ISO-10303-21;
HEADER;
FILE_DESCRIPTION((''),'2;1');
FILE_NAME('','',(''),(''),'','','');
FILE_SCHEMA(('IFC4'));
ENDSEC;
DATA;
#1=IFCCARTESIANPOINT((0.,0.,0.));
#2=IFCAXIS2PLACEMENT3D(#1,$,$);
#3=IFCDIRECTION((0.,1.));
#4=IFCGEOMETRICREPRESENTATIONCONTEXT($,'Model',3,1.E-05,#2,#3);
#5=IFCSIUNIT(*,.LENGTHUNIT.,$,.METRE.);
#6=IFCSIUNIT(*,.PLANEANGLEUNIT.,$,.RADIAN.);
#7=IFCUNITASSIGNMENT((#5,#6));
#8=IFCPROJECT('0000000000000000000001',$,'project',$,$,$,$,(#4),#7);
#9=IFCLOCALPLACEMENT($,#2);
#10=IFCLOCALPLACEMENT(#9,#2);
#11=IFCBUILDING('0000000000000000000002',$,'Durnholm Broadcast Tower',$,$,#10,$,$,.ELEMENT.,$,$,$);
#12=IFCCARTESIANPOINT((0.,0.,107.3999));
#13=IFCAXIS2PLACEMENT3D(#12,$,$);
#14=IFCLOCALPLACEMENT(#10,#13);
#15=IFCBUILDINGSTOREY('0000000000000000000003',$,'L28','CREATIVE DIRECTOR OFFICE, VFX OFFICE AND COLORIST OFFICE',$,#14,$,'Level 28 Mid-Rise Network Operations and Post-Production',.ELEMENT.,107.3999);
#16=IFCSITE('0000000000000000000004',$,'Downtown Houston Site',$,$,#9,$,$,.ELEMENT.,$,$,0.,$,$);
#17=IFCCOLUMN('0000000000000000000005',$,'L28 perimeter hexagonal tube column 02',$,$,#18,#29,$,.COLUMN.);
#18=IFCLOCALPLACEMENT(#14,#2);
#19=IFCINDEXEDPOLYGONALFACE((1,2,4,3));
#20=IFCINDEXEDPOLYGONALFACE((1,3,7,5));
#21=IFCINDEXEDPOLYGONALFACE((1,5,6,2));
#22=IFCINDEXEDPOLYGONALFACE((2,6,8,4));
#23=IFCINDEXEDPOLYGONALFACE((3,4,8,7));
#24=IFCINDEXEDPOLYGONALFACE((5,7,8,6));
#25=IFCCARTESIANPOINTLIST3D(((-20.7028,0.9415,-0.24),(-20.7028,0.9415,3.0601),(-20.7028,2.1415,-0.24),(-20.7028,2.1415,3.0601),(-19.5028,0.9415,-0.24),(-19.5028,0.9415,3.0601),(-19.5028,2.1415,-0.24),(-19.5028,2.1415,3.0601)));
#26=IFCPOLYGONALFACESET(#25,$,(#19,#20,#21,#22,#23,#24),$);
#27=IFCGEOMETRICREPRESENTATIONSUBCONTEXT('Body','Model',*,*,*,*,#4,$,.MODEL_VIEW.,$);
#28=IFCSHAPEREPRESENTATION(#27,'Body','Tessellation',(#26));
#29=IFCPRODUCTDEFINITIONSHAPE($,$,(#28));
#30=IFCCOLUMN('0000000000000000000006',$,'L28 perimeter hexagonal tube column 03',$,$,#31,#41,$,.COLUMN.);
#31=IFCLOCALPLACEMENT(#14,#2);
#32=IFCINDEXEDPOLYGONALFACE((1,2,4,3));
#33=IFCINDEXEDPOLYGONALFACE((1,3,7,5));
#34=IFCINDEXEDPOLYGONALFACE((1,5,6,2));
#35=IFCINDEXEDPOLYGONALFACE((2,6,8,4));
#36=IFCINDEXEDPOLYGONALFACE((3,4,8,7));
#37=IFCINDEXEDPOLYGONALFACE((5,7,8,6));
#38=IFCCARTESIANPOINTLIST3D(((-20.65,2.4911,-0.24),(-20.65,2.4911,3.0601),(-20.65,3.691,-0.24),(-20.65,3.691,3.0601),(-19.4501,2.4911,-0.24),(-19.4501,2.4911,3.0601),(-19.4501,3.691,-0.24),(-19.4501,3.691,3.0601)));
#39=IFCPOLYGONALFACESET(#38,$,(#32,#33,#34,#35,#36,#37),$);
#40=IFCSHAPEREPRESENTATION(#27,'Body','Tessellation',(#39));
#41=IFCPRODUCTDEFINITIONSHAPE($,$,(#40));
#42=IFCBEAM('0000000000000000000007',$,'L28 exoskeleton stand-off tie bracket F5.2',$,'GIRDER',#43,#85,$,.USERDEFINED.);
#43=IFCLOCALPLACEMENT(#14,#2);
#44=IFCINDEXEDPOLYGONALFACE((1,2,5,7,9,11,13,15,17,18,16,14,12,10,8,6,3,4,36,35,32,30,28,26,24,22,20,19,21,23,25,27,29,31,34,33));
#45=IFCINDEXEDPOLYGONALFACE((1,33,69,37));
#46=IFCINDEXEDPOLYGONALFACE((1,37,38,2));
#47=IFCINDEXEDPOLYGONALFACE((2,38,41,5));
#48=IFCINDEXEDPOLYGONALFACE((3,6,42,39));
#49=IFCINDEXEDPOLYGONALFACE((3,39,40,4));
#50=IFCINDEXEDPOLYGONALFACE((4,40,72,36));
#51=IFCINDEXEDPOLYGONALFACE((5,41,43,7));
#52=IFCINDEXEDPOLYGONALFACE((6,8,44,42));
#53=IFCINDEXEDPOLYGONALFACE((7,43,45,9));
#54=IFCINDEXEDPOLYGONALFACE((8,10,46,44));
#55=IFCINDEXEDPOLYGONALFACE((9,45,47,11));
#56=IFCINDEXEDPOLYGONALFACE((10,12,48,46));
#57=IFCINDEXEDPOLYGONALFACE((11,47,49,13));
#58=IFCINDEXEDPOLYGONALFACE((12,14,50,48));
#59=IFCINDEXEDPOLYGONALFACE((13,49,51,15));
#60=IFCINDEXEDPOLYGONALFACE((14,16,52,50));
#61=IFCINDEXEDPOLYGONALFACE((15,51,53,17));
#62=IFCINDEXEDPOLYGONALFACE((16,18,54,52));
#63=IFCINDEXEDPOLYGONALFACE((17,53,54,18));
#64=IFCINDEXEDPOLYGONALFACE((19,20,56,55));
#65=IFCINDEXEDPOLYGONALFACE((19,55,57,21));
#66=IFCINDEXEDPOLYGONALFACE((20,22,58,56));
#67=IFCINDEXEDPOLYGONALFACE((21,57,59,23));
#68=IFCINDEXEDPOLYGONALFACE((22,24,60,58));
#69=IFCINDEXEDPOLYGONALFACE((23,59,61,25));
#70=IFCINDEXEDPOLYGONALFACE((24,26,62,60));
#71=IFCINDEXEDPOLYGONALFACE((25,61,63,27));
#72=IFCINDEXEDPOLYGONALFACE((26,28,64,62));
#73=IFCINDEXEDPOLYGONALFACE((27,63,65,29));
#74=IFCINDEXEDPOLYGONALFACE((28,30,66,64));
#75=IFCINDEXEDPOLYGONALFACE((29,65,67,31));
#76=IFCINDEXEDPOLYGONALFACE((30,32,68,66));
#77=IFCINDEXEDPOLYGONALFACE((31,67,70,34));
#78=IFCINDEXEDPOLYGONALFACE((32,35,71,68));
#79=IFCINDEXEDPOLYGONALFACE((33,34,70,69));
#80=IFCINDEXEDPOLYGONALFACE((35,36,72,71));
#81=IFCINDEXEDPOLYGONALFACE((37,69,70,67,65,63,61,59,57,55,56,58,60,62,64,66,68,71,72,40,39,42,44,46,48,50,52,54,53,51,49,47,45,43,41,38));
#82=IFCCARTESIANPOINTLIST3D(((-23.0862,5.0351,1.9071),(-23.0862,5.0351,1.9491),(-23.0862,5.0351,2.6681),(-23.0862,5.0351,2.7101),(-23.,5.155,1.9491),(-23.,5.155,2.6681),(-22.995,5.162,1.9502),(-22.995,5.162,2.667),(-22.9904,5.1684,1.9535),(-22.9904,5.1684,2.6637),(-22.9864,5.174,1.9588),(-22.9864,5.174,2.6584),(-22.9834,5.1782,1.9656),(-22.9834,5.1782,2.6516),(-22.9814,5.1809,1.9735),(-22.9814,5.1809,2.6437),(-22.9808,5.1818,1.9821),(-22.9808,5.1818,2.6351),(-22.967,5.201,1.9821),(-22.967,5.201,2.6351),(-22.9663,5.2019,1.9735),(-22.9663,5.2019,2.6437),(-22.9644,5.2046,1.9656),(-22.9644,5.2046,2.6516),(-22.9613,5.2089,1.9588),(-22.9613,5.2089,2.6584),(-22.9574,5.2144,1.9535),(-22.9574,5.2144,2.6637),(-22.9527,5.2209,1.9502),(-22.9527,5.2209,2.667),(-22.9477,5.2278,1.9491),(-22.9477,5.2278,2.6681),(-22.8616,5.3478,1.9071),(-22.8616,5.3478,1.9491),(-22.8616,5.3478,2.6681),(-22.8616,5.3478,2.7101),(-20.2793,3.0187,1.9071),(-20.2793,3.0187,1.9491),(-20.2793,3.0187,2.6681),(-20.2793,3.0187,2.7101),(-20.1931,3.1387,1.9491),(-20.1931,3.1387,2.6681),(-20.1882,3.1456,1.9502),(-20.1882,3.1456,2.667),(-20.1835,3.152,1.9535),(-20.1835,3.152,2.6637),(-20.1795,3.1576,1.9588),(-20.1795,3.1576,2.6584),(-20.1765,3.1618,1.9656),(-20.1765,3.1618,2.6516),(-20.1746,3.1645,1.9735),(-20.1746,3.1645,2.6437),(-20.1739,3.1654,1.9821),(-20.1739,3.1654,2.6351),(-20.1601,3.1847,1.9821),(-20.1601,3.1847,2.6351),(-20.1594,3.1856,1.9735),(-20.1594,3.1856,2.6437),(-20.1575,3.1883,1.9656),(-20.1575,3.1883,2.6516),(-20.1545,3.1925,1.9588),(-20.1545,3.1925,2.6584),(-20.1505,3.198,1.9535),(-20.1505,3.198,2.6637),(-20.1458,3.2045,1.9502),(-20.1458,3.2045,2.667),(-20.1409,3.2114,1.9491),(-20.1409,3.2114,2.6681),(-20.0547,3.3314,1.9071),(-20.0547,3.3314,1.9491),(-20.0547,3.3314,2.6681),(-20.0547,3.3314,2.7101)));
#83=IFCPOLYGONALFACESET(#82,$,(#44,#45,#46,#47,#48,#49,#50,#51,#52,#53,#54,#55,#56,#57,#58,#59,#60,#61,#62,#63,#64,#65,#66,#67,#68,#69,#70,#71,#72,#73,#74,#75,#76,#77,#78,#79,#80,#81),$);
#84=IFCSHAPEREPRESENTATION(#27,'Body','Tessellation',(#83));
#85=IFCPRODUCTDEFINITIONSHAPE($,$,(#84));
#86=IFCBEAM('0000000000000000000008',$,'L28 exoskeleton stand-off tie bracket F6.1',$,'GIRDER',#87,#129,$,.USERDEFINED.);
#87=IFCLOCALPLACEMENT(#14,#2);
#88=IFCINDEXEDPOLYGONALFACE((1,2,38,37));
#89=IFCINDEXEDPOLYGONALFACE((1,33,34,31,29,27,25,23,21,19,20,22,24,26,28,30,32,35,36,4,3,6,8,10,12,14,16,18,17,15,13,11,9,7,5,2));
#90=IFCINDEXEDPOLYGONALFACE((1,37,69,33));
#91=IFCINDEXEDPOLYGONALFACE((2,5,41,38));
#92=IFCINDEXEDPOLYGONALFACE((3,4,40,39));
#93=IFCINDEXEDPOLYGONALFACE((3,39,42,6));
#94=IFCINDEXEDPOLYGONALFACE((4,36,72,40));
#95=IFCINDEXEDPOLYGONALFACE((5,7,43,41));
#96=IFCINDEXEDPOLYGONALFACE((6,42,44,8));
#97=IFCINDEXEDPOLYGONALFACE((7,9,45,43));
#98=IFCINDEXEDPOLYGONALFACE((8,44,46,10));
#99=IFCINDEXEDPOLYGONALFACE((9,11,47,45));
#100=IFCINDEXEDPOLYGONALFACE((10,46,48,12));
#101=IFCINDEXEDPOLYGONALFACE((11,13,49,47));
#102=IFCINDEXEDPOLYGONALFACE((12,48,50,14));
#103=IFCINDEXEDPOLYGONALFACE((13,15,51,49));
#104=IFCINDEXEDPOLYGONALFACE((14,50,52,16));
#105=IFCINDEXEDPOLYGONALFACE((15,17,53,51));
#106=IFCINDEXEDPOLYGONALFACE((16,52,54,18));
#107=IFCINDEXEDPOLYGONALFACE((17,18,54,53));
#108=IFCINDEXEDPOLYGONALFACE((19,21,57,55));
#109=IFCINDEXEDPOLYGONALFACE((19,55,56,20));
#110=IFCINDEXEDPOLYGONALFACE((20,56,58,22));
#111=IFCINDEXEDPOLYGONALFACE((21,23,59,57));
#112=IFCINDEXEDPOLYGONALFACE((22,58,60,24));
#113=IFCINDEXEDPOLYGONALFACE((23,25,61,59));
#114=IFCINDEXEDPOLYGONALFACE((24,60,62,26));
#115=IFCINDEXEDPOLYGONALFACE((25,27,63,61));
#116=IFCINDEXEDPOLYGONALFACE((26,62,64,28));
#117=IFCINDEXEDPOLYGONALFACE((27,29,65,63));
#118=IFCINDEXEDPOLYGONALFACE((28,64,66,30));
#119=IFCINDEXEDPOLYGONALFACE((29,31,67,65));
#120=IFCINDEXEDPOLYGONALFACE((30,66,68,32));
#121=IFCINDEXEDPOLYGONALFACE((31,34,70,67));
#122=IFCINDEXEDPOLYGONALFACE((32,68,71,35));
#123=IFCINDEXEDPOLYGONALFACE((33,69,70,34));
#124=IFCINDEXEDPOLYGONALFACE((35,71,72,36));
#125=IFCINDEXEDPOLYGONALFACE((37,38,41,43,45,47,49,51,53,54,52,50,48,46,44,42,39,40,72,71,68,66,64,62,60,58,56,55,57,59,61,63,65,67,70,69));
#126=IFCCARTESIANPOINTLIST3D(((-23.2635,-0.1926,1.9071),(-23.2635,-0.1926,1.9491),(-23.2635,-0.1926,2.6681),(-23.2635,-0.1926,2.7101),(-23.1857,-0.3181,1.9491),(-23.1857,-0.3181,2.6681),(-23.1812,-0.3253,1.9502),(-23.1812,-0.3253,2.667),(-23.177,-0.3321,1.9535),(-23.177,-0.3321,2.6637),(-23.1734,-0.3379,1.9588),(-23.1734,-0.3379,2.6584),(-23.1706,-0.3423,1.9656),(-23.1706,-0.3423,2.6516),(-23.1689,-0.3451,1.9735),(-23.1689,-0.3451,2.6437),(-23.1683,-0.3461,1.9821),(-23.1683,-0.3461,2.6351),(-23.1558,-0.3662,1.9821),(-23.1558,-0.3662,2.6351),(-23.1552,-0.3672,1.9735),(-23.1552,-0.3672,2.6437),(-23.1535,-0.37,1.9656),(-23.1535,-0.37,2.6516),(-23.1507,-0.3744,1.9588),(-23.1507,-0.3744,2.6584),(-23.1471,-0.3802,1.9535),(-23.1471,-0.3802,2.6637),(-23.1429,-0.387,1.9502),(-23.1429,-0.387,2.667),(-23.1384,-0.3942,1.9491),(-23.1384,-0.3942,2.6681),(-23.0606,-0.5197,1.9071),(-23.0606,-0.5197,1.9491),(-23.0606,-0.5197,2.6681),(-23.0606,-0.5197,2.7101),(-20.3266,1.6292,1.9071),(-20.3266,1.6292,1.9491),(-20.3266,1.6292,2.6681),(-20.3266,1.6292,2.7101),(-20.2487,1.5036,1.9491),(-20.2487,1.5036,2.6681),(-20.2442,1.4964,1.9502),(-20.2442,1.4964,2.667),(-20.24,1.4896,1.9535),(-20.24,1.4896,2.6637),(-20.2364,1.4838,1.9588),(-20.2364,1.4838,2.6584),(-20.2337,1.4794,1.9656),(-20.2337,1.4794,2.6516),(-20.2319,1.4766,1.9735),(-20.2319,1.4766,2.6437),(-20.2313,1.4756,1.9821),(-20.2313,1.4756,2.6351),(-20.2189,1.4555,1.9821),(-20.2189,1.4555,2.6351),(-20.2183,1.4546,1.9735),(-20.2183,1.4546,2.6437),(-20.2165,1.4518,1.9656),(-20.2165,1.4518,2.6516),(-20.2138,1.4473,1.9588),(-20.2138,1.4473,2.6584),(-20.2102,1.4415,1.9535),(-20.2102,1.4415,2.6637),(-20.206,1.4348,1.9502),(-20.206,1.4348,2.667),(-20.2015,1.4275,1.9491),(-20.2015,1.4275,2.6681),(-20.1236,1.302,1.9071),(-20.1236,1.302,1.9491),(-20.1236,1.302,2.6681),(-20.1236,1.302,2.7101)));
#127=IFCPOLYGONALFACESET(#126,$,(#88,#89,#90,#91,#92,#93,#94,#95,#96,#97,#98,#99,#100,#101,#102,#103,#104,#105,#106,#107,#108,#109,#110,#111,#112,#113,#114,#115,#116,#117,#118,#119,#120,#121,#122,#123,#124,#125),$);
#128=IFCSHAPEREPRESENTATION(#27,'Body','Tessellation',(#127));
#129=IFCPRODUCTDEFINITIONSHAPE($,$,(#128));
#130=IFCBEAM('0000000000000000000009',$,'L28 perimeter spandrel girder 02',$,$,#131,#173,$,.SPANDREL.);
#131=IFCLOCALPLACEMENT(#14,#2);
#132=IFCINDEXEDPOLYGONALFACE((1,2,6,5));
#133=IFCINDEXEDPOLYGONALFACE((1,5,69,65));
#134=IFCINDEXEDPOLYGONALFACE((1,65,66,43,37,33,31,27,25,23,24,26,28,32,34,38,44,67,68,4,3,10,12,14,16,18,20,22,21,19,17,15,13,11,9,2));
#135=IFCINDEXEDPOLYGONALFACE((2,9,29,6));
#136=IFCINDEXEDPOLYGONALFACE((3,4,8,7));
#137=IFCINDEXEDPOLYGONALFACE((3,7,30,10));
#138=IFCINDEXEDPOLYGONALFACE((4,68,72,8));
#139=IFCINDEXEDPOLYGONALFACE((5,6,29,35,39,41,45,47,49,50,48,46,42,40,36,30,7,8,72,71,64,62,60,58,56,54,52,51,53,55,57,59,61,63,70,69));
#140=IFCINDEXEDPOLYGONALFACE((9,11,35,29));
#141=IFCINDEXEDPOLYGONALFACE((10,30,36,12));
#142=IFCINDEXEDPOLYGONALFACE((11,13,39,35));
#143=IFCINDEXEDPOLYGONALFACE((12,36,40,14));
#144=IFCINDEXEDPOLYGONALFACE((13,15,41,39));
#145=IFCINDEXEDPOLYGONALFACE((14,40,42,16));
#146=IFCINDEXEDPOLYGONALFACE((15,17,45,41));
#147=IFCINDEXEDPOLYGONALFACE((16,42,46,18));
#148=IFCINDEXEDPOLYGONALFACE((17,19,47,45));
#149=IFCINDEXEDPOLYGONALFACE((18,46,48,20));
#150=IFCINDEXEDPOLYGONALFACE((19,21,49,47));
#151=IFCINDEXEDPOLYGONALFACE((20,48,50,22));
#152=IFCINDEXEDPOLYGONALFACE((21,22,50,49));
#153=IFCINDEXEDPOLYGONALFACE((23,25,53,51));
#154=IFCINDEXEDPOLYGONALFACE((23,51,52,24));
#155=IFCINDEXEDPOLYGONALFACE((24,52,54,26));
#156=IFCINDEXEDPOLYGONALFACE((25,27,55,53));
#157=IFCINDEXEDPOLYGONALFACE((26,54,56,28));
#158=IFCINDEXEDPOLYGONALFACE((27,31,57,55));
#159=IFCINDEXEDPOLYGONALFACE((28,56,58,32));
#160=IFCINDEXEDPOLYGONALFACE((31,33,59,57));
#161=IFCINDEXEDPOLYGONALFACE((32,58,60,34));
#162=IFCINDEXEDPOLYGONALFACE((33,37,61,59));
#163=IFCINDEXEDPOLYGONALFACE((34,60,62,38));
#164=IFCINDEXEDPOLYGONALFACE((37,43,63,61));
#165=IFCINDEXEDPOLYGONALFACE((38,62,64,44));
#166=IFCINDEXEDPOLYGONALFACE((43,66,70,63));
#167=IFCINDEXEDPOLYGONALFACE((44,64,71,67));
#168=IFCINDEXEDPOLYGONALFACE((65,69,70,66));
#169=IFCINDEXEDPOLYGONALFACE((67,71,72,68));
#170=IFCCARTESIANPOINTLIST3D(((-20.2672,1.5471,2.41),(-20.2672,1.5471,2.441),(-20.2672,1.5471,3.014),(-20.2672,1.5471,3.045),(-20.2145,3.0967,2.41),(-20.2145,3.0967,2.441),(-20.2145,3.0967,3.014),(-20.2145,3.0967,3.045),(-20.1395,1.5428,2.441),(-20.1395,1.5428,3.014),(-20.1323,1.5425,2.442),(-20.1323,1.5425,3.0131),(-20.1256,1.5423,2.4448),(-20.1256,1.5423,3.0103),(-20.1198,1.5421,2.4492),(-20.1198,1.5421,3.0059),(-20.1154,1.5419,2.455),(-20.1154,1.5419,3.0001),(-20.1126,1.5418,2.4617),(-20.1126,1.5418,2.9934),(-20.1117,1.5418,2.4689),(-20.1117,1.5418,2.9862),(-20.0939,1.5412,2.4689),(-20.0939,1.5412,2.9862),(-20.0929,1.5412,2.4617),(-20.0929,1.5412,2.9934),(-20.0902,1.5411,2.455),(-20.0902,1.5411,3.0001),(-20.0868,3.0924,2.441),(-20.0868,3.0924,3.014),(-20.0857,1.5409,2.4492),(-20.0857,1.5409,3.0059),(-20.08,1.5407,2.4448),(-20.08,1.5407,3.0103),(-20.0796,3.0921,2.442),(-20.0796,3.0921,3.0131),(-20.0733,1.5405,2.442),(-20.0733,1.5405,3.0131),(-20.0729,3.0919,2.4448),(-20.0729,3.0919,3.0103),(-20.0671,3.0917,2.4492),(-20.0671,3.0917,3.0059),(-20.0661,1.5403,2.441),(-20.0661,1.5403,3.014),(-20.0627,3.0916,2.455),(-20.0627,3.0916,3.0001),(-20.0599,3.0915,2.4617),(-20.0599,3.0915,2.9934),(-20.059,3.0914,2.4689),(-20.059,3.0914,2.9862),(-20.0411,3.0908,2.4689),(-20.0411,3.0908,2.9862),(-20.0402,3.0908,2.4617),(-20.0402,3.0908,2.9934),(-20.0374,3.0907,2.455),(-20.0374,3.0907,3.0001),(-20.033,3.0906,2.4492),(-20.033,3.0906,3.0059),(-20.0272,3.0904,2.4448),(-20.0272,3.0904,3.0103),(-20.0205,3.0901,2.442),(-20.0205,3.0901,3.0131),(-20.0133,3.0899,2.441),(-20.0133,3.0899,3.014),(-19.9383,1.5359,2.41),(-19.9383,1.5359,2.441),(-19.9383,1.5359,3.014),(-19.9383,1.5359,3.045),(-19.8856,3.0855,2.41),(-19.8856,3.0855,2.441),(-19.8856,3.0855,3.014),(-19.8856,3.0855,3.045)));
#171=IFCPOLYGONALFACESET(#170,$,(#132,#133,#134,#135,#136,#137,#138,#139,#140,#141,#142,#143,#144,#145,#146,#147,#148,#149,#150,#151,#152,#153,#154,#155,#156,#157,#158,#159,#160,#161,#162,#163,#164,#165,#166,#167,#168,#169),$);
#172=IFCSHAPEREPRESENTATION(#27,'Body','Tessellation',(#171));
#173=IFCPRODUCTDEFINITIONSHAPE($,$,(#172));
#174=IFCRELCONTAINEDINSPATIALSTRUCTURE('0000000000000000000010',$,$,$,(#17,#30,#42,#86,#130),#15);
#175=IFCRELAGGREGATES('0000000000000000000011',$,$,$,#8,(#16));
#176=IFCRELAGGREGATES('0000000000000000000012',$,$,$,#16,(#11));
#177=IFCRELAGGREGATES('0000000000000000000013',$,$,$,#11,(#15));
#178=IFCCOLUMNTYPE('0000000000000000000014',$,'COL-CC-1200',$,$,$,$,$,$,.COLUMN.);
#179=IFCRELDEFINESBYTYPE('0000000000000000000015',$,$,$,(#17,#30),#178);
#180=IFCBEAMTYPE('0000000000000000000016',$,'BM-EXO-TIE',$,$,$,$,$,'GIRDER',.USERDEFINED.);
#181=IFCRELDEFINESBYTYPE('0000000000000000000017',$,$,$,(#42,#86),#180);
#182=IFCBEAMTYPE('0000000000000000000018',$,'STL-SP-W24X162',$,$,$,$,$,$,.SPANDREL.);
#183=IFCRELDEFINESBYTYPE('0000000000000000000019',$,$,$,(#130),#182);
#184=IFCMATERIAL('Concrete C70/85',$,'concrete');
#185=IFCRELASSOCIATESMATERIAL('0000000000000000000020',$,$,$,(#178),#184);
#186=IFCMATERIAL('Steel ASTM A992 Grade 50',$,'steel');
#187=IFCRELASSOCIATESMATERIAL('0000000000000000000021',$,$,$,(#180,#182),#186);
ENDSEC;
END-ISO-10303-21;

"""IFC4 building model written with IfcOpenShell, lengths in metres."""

from ifc_helpers import new_model, si_unit, direction, frame, origin, origin_2d, place, context, subcontext, project, spatial, rectangle, i_section, extrude, source, transform, mapped, material, material_profile, profile_set, type_object, type_shapes, element, save


model = new_model("IFC4")

# Units and contexts
model_context = context("Model", 3, precision=1e-05, world=origin(), true_north=direction((0.0, 1.0)))
body_context = subcontext(model_context, "Body", "Model", "MODEL_VIEW")
ifc_project = project(units=[si_unit("LENGTHUNIT", "METRE"), si_unit("PLANEANGLEUNIT", "RADIAN")], contexts=[model_context])

# Site, building, storey
site_placement = place(None, origin())
site = spatial("IfcSite", under=ifc_project, at=site_placement, Name="Downtown Houston Site", CompositionType="ELEMENT", RefElevation=0.0)
building_placement = place(site_placement, origin())
building = spatial("IfcBuilding", under=site, at=building_placement, Name="Durnholm Broadcast Tower", CompositionType="ELEMENT")
storey_placement = place(building_placement, frame((0.0, 0.0, 107.3999)))
storey = spatial("IfcBuildingStorey", under=building, at=storey_placement, Name="L28", Description="CREATIVE DIRECTOR OFFICE, VFX OFFICE AND COLORIST OFFICE", LongName="Level 28 Mid-Rise Network Operations and Post-Production", CompositionType="ELEMENT", Elevation=107.3999)

# Columns
ifc_material_1 = material(Name="Concrete C70/85", Category="concrete")
ifc_material_profile_1 = material_profile(ifc_material_1, rectangle(XDim=1.2, YDim=1.2, at=origin_2d()), Name="RC1200X1200")
ifc_profile_set_1 = profile_set([ifc_material_profile_1], Name="Concrete C70/85")
column_type = type_object("IfcColumnType", Name="COL-CC-1200", PredefinedType="COLUMN", material=ifc_profile_set_1)
shared_shape_1 = source(origin(), body_context, "Body", "SweptSolid", [
    extrude(rectangle(XDim=1.2, YDim=1.2, at=origin_2d()), origin(), (0.0, 0.0, 1.0), 3.3),
])
type_shapes(column_type, [shared_shape_1])
for number, where, z_axis, x_axis, name in (
    (1, (-20.1028, 1.5415, -0.24), (0.0, 0.0, 1.0), (1.0, 0.0, 0.0), "L28 perimeter hexagonal tube column 02"),
    (2, (-20.05, 3.0911, -0.24), (0.0, 0.0, 1.0), (1.0, 0.0, 0.0), "L28 perimeter hexagonal tube column 03"),
):
    element("IfcColumn", number, at=place(storey_placement, frame(where, z_axis=z_axis, x_axis=x_axis)), inside=storey, type_object=column_type, Name=name, PredefinedType="COLUMN", context=body_context, shape_type="MappedRepresentation", body=[
        mapped(shared_shape_1, transform((0.0, 0.0, 0.0), x_axis=(1.0, 0.0, 0.0), y_axis=(0.0, 1.0, 0.0), z_axis=(0.0, 0.0, 1.0), scale=1.0)),
    ])

# Beams
ifc_material_2 = material(Name="Steel ASTM A992 Grade 50", Category="steel")
ifc_material_profile_2 = material_profile(ifc_material_2, i_section(OverallWidth=0.385, OverallDepth=0.803, WebThickness=0.0237, FlangeThickness=0.042, FilletRadius=0.033, at=origin_2d()), Name="W30X261")
ifc_profile_set_2 = profile_set([ifc_material_profile_2], Name="Steel ASTM A992 Grade 50")
beam_type_1 = type_object("IfcBeamType", Name="BM-EXO-TIE", ElementType="GIRDER", PredefinedType="USERDEFINED", material=ifc_profile_set_2)
shared_shape_2 = source(origin(), body_context, "Body", "SweptSolid", [
    extrude(i_section(OverallWidth=0.385, OverallDepth=0.803, WebThickness=0.0237, FlangeThickness=0.042, FilletRadius=0.033, at=origin_2d()), origin(), (0.0, 0.0, 1.0), 3.4561),
])
type_shapes(beam_type_1, [shared_shape_2])
for number, where, z_axis, x_axis, name in (
    (3, (-20.167, 3.175, 2.3086), (-0.812165, 0.583428, 0.0), (-0.583428, -0.812165, 0.0), "L28 exoskeleton stand-off tie bracket F5.2"),
    (4, (-20.2251, 1.4656, 2.3086), (-0.849795, -0.527113, 0.0), (0.527113, -0.849795, 0.0), "L28 exoskeleton stand-off tie bracket F6.1"),
):
    element("IfcBeam", number, at=place(storey_placement, frame(where, z_axis=z_axis, x_axis=x_axis)), inside=storey, type_object=beam_type_1, Name=name, ObjectType="GIRDER", PredefinedType="USERDEFINED", context=body_context, shape_type="MappedRepresentation", body=[
        mapped(shared_shape_2, transform((0.0, 0.0, 0.0), x_axis=(1.0, 0.0, 0.0), y_axis=(0.0, 1.0, 0.0), z_axis=(0.0, 0.0, 1.0), scale=1.0)),
    ])
ifc_material_profile_3 = material_profile(ifc_material_2, i_section(OverallWidth=0.3291, OverallDepth=0.635, WebThickness=0.0178, FlangeThickness=0.031, FilletRadius=0.0278, at=origin_2d()), Name="W24X162")
ifc_profile_set_3 = profile_set([ifc_material_profile_3], Name="Steel ASTM A992 Grade 50")
beam_type_2 = type_object("IfcBeamType", Name="STL-SP-W24X162", PredefinedType="SPANDREL", material=ifc_profile_set_3)
shared_shape_3 = source(origin(), body_context, "Body", "SweptSolid", [
    extrude(i_section(OverallWidth=0.3291, OverallDepth=0.635, WebThickness=0.0178, FlangeThickness=0.031, FilletRadius=0.0278, at=origin_2d()), origin(), (0.0, 0.0, 1.0), 1.5505),
])
beam_1_placement = place(storey_placement, frame((-20.1028, 1.5415, 2.7275), z_axis=(0.034012, 0.999421, 0.0), x_axis=(-0.999421, 0.034012, 0.0)))
element("IfcBeam", 5, at=beam_1_placement, inside=storey, type_object=beam_type_2, Name="L28 perimeter spandrel girder 02", PredefinedType="SPANDREL", context=body_context, shape_type="MappedRepresentation", body=[
    mapped(shared_shape_3, transform((0.0, 0.0, 0.0), x_axis=(1.0, 0.0, 0.0), y_axis=(0.0, 1.0, 0.0), z_axis=(0.0, 0.0, 1.0), scale=1.0)),
])

save(model, "model.ifc")
